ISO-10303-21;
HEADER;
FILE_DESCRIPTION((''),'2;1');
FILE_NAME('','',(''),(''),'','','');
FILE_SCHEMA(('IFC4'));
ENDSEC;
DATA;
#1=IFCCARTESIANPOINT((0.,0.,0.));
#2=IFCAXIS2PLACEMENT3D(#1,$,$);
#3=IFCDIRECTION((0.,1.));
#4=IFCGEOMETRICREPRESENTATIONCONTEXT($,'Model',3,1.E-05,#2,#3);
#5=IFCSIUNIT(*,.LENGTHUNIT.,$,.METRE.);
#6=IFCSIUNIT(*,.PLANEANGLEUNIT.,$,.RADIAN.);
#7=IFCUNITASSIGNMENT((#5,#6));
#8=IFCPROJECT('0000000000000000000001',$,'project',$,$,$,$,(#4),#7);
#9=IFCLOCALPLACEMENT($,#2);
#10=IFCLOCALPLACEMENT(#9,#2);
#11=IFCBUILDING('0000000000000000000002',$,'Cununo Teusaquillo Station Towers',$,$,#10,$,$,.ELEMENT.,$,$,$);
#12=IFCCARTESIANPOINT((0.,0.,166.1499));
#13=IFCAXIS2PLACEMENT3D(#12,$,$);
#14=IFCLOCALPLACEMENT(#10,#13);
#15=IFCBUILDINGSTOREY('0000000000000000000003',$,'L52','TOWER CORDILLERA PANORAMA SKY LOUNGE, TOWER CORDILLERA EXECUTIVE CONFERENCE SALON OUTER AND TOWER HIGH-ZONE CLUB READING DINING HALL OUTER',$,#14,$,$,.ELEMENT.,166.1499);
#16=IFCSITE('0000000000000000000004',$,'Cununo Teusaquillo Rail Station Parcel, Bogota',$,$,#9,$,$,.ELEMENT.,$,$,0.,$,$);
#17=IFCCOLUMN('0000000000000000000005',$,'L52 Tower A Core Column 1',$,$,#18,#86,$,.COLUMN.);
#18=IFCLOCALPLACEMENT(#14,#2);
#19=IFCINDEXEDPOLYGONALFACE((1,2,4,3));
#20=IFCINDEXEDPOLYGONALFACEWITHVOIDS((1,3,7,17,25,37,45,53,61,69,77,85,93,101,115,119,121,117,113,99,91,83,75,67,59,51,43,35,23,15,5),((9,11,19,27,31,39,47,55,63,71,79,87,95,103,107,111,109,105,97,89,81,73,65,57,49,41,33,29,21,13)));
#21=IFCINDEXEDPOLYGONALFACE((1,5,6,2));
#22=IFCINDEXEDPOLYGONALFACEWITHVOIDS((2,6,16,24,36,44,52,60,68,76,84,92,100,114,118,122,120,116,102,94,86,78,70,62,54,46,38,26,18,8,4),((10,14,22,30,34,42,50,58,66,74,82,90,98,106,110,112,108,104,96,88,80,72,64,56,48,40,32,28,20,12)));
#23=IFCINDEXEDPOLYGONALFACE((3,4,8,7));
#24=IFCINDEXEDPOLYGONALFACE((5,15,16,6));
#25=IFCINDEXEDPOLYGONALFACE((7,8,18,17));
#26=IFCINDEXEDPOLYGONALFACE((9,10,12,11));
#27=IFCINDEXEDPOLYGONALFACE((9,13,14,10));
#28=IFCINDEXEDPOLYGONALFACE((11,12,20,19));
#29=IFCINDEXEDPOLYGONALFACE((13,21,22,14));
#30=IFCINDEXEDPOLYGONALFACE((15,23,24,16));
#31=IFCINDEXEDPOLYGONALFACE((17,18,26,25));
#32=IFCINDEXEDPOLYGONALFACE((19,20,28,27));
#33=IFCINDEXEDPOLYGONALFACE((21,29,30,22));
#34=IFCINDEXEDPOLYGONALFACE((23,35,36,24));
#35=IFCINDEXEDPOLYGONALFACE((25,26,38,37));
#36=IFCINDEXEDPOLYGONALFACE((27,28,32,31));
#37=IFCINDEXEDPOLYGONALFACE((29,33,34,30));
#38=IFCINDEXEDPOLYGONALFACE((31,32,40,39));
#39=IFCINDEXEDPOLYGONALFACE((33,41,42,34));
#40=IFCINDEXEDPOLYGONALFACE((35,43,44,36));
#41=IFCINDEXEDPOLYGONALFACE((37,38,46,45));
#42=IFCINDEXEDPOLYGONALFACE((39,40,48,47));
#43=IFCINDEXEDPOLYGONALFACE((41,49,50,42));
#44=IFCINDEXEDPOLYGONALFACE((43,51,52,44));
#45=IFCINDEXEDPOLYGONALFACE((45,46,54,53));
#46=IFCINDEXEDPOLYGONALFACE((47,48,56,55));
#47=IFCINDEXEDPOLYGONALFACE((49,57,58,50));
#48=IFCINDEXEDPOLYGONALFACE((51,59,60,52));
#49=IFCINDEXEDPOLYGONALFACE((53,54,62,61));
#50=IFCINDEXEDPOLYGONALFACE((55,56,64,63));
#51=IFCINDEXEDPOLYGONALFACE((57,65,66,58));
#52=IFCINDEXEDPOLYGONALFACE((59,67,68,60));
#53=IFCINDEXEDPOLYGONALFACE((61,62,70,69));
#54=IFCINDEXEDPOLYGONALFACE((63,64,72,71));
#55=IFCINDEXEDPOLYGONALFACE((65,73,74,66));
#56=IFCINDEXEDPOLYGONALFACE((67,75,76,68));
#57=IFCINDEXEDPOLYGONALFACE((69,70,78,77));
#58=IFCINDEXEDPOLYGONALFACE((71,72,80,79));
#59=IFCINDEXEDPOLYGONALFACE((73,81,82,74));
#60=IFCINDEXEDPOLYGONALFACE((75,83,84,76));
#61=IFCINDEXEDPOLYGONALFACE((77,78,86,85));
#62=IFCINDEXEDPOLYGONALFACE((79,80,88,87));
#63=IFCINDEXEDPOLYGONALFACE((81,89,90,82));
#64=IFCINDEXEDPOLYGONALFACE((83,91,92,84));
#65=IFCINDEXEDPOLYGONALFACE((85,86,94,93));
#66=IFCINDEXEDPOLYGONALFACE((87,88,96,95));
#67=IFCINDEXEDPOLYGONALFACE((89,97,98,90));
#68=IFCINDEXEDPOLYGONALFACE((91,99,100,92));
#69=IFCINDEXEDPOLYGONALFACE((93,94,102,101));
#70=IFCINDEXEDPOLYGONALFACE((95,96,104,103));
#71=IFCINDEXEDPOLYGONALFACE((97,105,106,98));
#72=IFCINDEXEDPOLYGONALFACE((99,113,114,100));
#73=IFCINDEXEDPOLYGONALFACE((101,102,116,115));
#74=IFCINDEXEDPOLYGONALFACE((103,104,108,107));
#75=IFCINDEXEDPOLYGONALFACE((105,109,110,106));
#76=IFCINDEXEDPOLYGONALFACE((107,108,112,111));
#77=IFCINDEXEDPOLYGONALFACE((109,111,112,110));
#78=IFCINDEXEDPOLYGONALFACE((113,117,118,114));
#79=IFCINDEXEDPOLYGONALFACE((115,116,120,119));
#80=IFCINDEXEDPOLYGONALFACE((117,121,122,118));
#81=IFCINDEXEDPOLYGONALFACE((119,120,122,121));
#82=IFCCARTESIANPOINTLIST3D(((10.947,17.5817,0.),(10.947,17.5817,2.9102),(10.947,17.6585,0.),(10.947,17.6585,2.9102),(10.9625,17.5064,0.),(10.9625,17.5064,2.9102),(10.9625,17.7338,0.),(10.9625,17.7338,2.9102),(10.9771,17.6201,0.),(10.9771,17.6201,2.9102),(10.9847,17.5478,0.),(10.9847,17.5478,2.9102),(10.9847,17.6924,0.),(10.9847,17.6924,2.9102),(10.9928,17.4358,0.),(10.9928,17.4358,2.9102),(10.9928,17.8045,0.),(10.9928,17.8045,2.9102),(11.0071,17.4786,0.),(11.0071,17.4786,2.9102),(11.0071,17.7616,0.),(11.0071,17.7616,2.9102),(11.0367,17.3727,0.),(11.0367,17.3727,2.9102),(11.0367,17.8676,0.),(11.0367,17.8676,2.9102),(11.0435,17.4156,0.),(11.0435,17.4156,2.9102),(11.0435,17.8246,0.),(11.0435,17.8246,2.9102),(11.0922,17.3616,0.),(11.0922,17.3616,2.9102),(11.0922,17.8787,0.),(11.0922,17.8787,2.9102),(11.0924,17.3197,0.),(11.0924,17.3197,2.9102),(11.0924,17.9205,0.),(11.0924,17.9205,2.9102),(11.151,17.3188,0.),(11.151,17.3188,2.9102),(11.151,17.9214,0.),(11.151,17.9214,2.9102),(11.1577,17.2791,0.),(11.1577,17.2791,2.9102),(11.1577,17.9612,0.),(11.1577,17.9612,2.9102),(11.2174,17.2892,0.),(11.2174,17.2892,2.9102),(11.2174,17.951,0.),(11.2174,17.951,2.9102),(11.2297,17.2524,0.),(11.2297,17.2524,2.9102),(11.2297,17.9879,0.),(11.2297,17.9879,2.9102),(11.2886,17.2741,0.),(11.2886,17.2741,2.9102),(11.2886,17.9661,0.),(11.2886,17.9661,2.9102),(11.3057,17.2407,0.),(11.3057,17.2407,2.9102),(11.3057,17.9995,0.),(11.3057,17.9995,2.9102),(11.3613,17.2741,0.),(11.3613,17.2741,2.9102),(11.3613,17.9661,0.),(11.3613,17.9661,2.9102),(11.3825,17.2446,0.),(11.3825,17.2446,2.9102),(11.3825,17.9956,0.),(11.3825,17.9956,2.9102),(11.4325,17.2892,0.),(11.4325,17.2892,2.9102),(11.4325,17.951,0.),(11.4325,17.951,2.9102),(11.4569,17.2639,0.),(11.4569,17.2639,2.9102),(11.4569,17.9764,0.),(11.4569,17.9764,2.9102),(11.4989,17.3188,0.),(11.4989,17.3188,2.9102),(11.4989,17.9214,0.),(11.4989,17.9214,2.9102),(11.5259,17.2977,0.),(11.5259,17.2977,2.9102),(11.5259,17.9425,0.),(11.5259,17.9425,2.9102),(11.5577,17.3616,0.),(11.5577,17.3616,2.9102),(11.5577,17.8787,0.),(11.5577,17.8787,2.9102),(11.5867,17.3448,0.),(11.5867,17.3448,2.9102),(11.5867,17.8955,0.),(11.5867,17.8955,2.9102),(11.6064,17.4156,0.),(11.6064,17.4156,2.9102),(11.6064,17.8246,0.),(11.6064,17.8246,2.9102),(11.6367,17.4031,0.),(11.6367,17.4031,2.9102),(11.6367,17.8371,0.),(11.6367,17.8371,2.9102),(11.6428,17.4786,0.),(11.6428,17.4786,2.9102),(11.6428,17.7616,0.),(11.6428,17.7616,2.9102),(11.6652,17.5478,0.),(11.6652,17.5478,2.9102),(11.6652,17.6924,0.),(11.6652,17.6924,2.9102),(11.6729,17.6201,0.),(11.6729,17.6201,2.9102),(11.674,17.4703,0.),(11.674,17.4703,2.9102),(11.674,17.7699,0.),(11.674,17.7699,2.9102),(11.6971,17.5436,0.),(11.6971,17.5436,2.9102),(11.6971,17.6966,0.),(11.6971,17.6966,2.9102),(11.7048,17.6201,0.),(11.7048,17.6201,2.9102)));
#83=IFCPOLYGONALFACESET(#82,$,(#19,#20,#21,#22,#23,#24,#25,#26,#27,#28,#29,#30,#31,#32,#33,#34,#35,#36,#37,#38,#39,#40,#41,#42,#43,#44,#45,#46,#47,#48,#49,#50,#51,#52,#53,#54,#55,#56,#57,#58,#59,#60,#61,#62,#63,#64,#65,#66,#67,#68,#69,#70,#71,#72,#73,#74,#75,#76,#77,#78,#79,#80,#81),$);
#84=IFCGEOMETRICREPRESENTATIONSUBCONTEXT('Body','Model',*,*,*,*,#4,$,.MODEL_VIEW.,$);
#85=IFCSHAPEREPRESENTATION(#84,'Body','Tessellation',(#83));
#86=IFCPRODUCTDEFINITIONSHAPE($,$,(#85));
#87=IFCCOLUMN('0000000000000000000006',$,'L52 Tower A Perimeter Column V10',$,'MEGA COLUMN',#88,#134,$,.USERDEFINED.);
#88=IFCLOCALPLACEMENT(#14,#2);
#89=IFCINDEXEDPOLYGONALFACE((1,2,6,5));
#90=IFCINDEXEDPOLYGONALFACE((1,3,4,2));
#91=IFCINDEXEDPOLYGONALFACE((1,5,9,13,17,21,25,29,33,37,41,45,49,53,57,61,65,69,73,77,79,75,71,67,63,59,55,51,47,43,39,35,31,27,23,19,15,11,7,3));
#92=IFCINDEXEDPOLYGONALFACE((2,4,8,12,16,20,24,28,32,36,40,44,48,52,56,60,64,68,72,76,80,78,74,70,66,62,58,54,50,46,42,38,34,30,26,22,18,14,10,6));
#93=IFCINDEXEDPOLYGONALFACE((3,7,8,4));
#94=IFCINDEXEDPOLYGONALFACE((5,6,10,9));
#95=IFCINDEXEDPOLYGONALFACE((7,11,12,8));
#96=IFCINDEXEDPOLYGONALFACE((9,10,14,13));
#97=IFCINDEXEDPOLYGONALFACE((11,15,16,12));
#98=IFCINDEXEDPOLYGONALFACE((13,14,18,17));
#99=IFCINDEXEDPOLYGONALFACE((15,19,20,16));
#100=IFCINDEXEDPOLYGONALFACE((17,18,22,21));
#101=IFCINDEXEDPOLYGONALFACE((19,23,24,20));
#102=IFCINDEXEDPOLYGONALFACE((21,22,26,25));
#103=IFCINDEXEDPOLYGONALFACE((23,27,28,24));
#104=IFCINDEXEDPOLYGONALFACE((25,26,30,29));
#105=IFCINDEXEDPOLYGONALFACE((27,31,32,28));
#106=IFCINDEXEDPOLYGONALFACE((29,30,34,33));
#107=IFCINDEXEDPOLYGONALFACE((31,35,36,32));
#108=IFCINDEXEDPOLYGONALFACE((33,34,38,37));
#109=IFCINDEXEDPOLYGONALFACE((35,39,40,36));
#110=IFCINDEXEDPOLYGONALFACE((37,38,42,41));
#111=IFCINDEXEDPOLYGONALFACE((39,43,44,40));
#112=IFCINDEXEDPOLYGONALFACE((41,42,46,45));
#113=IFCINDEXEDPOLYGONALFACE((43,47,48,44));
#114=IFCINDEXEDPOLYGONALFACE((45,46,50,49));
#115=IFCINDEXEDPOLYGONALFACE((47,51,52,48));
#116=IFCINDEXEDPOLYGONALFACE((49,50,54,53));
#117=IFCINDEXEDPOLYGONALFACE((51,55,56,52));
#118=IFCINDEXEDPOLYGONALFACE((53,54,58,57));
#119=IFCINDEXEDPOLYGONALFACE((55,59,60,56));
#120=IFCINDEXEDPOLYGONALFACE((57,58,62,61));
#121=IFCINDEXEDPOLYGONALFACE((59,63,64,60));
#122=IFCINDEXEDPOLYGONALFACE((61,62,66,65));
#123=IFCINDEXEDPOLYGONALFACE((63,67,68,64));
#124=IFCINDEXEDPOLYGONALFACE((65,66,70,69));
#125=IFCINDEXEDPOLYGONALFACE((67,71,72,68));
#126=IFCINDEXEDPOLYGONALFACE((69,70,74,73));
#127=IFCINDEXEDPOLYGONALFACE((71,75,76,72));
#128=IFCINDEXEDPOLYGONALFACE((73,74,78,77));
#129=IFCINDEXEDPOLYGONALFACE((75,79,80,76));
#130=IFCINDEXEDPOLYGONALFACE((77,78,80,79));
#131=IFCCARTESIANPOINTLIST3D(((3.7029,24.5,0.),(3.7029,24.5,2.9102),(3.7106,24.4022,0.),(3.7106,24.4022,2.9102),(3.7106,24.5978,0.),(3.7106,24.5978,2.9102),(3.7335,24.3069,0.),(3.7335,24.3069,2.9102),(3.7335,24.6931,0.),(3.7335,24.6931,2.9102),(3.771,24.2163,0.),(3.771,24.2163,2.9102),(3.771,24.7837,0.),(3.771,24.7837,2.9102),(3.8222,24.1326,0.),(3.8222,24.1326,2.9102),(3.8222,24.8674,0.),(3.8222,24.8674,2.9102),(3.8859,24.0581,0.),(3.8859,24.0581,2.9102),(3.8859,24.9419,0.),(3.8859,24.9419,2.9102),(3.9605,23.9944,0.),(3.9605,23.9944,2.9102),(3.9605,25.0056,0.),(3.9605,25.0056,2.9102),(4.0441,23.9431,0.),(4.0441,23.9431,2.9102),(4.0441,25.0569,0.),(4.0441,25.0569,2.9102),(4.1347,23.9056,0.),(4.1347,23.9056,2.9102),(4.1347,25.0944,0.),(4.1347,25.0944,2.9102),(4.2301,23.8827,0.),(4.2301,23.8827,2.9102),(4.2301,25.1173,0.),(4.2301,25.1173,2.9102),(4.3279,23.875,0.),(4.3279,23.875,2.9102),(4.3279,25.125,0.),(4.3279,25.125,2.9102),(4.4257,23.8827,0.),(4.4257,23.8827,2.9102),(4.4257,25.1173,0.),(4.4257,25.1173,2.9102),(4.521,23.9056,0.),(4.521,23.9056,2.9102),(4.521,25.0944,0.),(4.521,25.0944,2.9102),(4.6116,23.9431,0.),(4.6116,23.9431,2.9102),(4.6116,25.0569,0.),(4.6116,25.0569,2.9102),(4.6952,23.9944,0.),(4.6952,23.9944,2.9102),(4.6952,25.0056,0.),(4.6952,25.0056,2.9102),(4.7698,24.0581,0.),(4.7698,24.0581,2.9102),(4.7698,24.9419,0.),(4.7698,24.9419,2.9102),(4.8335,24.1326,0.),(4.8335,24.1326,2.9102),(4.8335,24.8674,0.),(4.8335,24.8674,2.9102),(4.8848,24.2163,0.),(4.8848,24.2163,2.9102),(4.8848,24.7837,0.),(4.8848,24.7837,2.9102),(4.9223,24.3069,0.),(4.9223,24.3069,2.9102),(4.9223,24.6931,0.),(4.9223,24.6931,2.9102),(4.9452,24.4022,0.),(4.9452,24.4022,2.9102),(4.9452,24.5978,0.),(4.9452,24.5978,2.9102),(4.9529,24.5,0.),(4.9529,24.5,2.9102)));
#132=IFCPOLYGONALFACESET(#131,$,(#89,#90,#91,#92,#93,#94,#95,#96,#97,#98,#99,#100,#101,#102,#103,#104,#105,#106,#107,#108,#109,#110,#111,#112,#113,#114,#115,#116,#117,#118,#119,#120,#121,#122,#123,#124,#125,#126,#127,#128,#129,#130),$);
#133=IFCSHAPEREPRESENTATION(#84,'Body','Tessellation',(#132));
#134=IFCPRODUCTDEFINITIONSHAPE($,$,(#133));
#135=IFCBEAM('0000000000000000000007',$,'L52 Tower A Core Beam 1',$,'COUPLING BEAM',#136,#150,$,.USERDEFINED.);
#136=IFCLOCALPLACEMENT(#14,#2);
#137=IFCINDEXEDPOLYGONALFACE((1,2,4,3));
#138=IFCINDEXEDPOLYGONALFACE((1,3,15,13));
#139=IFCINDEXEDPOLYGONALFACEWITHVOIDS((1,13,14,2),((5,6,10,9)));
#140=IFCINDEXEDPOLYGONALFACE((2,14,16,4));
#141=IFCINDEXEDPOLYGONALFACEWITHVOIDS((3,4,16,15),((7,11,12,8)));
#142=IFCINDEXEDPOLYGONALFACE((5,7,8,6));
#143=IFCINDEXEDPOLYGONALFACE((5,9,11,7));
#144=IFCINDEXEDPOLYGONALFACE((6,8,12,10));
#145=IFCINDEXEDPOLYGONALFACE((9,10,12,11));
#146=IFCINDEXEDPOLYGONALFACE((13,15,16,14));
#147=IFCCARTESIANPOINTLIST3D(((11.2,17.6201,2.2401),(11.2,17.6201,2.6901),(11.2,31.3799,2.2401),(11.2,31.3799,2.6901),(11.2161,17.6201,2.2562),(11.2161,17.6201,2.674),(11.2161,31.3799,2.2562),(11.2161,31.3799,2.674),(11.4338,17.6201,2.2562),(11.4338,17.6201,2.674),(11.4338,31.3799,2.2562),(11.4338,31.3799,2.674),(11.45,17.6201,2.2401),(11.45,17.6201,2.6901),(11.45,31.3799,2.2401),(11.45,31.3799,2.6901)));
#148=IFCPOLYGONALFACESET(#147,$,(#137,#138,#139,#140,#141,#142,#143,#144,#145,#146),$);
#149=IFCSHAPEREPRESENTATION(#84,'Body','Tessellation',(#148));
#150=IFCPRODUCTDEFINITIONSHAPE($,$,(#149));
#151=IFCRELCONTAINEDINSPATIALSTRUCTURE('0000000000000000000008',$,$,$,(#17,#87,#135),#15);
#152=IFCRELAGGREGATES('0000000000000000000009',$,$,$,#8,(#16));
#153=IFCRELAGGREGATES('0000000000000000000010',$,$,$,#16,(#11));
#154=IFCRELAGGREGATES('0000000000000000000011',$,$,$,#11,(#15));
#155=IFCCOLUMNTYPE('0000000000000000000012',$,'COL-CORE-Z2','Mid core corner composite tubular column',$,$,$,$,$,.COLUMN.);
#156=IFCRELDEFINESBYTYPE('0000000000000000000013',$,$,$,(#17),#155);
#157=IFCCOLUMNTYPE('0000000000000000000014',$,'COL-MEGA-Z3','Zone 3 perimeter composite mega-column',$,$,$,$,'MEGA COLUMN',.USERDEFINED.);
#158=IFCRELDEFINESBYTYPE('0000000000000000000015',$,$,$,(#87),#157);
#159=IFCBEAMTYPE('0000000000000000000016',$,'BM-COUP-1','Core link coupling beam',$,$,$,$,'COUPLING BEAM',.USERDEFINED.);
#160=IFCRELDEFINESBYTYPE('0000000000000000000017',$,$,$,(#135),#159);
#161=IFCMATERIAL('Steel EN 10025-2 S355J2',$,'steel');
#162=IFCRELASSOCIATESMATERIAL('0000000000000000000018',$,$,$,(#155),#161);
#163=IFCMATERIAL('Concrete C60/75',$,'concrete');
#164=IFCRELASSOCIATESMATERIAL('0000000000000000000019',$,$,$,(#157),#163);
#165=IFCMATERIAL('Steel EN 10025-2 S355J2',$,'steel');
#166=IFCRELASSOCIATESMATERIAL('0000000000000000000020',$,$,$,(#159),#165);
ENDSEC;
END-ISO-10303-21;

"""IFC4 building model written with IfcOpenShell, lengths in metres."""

from ifc_helpers import new_model, si_unit, direction, frame, origin, origin_2d, place, context, subcontext, project, spatial, hollow_rectangle, circle, hollow_circle, extrude, material, material_profile, profile_set, type_object, element, save


model = new_model("IFC4")

# Units and contexts
model_context = context("Model", 3, precision=1e-05, world=origin(), true_north=direction((0.0, 1.0)))
body_context = subcontext(model_context, "Body", "Model", "MODEL_VIEW")
ifc_project = project(units=[si_unit("LENGTHUNIT", "METRE"), si_unit("PLANEANGLEUNIT", "RADIAN")], contexts=[model_context])

# Site, building, storey
site_placement = place(None, origin())
site = spatial("IfcSite", under=ifc_project, at=site_placement, Name="Cununo Teusaquillo Rail Station Parcel, Bogota", CompositionType="ELEMENT", RefElevation=0.0)
building_placement = place(site_placement, origin())
building = spatial("IfcBuilding", under=site, at=building_placement, Name="Cununo Teusaquillo Station Towers", CompositionType="ELEMENT")
storey_placement = place(building_placement, frame((0.0, 0.0, 166.1499)))
storey = spatial("IfcBuildingStorey", under=building, at=storey_placement, Name="L52", Description="TOWER CORDILLERA PANORAMA SKY LOUNGE, TOWER CORDILLERA EXECUTIVE CONFERENCE SALON OUTER AND TOWER HIGH-ZONE CLUB READING DINING HALL OUTER", CompositionType="ELEMENT", Elevation=166.1499)

# Columns
ifc_material_1 = material(Name="Steel EN 10025-2 S355J2", Category="steel")
ifc_material_profile_1 = material_profile(ifc_material_1, hollow_circle(Radius=0.3799, WallThickness=0.032, at=origin_2d()), Name="CHS 760x32")
ifc_profile_set_1 = profile_set([ifc_material_profile_1], Name="Steel EN 10025-2 S355J2")
column_type_1 = type_object("IfcColumnType", Name="COL-CORE-Z2", Description="Mid core corner composite tubular column", PredefinedType="COLUMN", material=ifc_profile_set_1)
column_1_placement = place(storey_placement, frame((11.325, 17.6201, 0.0), z_axis=(0.0, 0.0, 1.0), x_axis=(1.0, 0.0, 0.0)))
element("IfcColumn", 1, at=column_1_placement, inside=storey, type_object=column_type_1, Name="L52 Tower A Core Column 1", PredefinedType="COLUMN", context=body_context, shape_type="SweptSolid", body=[
    extrude(hollow_circle(Radius=0.3799, WallThickness=0.032, at=origin_2d()), origin(), (0.0, 0.0, 1.0), 2.9102),
])
ifc_material_2 = material(Name="Concrete C60/75", Category="concrete")
ifc_material_profile_2 = material_profile(ifc_material_2, circle(Radius=0.625, at=origin_2d()), Name="RC-CIRC-1250")
ifc_profile_set_2 = profile_set([ifc_material_profile_2], Name="Concrete C60/75")
column_type_2 = type_object("IfcColumnType", Name="COL-MEGA-Z3", Description="Zone 3 perimeter composite mega-column", ElementType="MEGA COLUMN", PredefinedType="USERDEFINED", material=ifc_profile_set_2)
column_2_placement = place(storey_placement, frame((4.3279, 24.5, 0.0), z_axis=(0.0, 0.0, 1.0), x_axis=(1.0, 0.0, 0.0)))
element("IfcColumn", 2, at=column_2_placement, inside=storey, type_object=column_type_2, Name="L52 Tower A Perimeter Column V10", ObjectType="MEGA COLUMN", PredefinedType="USERDEFINED", context=body_context, shape_type="SweptSolid", body=[
    extrude(circle(Radius=0.625, at=origin_2d()), origin(), (0.0, 0.0, 1.0), 2.9102),
])

# Beam
ifc_material_3 = material(Name="Steel EN 10025-2 S355J2", Category="steel")
ifc_material_profile_3 = material_profile(ifc_material_3, hollow_rectangle(XDim=0.25, YDim=0.45, WallThickness=0.0161, at=origin_2d()), Name="RHS 450x250x16")
ifc_profile_set_3 = profile_set([ifc_material_profile_3], Name="Steel EN 10025-2 S355J2")
beam_type_1 = type_object("IfcBeamType", Name="BM-COUP-1", Description="Core link coupling beam", ElementType="COUPLING BEAM", PredefinedType="USERDEFINED", material=ifc_profile_set_3)
beam_1_placement = place(storey_placement, frame((11.325, 17.6201, 2.4651), z_axis=(0.0, 1.0, 0.0), x_axis=(-1.0, 0.0, 0.0)))
element("IfcBeam", 3, at=beam_1_placement, inside=storey, type_object=beam_type_1, Name="L52 Tower A Core Beam 1", ObjectType="COUPLING BEAM", PredefinedType="USERDEFINED", context=body_context, shape_type="SweptSolid", body=[
    extrude(hollow_rectangle(XDim=0.25, YDim=0.45, WallThickness=0.0161, at=origin_2d()), origin(), (0.0, 0.0, 1.0), 13.7598),
])

save(model, "model.ifc")
